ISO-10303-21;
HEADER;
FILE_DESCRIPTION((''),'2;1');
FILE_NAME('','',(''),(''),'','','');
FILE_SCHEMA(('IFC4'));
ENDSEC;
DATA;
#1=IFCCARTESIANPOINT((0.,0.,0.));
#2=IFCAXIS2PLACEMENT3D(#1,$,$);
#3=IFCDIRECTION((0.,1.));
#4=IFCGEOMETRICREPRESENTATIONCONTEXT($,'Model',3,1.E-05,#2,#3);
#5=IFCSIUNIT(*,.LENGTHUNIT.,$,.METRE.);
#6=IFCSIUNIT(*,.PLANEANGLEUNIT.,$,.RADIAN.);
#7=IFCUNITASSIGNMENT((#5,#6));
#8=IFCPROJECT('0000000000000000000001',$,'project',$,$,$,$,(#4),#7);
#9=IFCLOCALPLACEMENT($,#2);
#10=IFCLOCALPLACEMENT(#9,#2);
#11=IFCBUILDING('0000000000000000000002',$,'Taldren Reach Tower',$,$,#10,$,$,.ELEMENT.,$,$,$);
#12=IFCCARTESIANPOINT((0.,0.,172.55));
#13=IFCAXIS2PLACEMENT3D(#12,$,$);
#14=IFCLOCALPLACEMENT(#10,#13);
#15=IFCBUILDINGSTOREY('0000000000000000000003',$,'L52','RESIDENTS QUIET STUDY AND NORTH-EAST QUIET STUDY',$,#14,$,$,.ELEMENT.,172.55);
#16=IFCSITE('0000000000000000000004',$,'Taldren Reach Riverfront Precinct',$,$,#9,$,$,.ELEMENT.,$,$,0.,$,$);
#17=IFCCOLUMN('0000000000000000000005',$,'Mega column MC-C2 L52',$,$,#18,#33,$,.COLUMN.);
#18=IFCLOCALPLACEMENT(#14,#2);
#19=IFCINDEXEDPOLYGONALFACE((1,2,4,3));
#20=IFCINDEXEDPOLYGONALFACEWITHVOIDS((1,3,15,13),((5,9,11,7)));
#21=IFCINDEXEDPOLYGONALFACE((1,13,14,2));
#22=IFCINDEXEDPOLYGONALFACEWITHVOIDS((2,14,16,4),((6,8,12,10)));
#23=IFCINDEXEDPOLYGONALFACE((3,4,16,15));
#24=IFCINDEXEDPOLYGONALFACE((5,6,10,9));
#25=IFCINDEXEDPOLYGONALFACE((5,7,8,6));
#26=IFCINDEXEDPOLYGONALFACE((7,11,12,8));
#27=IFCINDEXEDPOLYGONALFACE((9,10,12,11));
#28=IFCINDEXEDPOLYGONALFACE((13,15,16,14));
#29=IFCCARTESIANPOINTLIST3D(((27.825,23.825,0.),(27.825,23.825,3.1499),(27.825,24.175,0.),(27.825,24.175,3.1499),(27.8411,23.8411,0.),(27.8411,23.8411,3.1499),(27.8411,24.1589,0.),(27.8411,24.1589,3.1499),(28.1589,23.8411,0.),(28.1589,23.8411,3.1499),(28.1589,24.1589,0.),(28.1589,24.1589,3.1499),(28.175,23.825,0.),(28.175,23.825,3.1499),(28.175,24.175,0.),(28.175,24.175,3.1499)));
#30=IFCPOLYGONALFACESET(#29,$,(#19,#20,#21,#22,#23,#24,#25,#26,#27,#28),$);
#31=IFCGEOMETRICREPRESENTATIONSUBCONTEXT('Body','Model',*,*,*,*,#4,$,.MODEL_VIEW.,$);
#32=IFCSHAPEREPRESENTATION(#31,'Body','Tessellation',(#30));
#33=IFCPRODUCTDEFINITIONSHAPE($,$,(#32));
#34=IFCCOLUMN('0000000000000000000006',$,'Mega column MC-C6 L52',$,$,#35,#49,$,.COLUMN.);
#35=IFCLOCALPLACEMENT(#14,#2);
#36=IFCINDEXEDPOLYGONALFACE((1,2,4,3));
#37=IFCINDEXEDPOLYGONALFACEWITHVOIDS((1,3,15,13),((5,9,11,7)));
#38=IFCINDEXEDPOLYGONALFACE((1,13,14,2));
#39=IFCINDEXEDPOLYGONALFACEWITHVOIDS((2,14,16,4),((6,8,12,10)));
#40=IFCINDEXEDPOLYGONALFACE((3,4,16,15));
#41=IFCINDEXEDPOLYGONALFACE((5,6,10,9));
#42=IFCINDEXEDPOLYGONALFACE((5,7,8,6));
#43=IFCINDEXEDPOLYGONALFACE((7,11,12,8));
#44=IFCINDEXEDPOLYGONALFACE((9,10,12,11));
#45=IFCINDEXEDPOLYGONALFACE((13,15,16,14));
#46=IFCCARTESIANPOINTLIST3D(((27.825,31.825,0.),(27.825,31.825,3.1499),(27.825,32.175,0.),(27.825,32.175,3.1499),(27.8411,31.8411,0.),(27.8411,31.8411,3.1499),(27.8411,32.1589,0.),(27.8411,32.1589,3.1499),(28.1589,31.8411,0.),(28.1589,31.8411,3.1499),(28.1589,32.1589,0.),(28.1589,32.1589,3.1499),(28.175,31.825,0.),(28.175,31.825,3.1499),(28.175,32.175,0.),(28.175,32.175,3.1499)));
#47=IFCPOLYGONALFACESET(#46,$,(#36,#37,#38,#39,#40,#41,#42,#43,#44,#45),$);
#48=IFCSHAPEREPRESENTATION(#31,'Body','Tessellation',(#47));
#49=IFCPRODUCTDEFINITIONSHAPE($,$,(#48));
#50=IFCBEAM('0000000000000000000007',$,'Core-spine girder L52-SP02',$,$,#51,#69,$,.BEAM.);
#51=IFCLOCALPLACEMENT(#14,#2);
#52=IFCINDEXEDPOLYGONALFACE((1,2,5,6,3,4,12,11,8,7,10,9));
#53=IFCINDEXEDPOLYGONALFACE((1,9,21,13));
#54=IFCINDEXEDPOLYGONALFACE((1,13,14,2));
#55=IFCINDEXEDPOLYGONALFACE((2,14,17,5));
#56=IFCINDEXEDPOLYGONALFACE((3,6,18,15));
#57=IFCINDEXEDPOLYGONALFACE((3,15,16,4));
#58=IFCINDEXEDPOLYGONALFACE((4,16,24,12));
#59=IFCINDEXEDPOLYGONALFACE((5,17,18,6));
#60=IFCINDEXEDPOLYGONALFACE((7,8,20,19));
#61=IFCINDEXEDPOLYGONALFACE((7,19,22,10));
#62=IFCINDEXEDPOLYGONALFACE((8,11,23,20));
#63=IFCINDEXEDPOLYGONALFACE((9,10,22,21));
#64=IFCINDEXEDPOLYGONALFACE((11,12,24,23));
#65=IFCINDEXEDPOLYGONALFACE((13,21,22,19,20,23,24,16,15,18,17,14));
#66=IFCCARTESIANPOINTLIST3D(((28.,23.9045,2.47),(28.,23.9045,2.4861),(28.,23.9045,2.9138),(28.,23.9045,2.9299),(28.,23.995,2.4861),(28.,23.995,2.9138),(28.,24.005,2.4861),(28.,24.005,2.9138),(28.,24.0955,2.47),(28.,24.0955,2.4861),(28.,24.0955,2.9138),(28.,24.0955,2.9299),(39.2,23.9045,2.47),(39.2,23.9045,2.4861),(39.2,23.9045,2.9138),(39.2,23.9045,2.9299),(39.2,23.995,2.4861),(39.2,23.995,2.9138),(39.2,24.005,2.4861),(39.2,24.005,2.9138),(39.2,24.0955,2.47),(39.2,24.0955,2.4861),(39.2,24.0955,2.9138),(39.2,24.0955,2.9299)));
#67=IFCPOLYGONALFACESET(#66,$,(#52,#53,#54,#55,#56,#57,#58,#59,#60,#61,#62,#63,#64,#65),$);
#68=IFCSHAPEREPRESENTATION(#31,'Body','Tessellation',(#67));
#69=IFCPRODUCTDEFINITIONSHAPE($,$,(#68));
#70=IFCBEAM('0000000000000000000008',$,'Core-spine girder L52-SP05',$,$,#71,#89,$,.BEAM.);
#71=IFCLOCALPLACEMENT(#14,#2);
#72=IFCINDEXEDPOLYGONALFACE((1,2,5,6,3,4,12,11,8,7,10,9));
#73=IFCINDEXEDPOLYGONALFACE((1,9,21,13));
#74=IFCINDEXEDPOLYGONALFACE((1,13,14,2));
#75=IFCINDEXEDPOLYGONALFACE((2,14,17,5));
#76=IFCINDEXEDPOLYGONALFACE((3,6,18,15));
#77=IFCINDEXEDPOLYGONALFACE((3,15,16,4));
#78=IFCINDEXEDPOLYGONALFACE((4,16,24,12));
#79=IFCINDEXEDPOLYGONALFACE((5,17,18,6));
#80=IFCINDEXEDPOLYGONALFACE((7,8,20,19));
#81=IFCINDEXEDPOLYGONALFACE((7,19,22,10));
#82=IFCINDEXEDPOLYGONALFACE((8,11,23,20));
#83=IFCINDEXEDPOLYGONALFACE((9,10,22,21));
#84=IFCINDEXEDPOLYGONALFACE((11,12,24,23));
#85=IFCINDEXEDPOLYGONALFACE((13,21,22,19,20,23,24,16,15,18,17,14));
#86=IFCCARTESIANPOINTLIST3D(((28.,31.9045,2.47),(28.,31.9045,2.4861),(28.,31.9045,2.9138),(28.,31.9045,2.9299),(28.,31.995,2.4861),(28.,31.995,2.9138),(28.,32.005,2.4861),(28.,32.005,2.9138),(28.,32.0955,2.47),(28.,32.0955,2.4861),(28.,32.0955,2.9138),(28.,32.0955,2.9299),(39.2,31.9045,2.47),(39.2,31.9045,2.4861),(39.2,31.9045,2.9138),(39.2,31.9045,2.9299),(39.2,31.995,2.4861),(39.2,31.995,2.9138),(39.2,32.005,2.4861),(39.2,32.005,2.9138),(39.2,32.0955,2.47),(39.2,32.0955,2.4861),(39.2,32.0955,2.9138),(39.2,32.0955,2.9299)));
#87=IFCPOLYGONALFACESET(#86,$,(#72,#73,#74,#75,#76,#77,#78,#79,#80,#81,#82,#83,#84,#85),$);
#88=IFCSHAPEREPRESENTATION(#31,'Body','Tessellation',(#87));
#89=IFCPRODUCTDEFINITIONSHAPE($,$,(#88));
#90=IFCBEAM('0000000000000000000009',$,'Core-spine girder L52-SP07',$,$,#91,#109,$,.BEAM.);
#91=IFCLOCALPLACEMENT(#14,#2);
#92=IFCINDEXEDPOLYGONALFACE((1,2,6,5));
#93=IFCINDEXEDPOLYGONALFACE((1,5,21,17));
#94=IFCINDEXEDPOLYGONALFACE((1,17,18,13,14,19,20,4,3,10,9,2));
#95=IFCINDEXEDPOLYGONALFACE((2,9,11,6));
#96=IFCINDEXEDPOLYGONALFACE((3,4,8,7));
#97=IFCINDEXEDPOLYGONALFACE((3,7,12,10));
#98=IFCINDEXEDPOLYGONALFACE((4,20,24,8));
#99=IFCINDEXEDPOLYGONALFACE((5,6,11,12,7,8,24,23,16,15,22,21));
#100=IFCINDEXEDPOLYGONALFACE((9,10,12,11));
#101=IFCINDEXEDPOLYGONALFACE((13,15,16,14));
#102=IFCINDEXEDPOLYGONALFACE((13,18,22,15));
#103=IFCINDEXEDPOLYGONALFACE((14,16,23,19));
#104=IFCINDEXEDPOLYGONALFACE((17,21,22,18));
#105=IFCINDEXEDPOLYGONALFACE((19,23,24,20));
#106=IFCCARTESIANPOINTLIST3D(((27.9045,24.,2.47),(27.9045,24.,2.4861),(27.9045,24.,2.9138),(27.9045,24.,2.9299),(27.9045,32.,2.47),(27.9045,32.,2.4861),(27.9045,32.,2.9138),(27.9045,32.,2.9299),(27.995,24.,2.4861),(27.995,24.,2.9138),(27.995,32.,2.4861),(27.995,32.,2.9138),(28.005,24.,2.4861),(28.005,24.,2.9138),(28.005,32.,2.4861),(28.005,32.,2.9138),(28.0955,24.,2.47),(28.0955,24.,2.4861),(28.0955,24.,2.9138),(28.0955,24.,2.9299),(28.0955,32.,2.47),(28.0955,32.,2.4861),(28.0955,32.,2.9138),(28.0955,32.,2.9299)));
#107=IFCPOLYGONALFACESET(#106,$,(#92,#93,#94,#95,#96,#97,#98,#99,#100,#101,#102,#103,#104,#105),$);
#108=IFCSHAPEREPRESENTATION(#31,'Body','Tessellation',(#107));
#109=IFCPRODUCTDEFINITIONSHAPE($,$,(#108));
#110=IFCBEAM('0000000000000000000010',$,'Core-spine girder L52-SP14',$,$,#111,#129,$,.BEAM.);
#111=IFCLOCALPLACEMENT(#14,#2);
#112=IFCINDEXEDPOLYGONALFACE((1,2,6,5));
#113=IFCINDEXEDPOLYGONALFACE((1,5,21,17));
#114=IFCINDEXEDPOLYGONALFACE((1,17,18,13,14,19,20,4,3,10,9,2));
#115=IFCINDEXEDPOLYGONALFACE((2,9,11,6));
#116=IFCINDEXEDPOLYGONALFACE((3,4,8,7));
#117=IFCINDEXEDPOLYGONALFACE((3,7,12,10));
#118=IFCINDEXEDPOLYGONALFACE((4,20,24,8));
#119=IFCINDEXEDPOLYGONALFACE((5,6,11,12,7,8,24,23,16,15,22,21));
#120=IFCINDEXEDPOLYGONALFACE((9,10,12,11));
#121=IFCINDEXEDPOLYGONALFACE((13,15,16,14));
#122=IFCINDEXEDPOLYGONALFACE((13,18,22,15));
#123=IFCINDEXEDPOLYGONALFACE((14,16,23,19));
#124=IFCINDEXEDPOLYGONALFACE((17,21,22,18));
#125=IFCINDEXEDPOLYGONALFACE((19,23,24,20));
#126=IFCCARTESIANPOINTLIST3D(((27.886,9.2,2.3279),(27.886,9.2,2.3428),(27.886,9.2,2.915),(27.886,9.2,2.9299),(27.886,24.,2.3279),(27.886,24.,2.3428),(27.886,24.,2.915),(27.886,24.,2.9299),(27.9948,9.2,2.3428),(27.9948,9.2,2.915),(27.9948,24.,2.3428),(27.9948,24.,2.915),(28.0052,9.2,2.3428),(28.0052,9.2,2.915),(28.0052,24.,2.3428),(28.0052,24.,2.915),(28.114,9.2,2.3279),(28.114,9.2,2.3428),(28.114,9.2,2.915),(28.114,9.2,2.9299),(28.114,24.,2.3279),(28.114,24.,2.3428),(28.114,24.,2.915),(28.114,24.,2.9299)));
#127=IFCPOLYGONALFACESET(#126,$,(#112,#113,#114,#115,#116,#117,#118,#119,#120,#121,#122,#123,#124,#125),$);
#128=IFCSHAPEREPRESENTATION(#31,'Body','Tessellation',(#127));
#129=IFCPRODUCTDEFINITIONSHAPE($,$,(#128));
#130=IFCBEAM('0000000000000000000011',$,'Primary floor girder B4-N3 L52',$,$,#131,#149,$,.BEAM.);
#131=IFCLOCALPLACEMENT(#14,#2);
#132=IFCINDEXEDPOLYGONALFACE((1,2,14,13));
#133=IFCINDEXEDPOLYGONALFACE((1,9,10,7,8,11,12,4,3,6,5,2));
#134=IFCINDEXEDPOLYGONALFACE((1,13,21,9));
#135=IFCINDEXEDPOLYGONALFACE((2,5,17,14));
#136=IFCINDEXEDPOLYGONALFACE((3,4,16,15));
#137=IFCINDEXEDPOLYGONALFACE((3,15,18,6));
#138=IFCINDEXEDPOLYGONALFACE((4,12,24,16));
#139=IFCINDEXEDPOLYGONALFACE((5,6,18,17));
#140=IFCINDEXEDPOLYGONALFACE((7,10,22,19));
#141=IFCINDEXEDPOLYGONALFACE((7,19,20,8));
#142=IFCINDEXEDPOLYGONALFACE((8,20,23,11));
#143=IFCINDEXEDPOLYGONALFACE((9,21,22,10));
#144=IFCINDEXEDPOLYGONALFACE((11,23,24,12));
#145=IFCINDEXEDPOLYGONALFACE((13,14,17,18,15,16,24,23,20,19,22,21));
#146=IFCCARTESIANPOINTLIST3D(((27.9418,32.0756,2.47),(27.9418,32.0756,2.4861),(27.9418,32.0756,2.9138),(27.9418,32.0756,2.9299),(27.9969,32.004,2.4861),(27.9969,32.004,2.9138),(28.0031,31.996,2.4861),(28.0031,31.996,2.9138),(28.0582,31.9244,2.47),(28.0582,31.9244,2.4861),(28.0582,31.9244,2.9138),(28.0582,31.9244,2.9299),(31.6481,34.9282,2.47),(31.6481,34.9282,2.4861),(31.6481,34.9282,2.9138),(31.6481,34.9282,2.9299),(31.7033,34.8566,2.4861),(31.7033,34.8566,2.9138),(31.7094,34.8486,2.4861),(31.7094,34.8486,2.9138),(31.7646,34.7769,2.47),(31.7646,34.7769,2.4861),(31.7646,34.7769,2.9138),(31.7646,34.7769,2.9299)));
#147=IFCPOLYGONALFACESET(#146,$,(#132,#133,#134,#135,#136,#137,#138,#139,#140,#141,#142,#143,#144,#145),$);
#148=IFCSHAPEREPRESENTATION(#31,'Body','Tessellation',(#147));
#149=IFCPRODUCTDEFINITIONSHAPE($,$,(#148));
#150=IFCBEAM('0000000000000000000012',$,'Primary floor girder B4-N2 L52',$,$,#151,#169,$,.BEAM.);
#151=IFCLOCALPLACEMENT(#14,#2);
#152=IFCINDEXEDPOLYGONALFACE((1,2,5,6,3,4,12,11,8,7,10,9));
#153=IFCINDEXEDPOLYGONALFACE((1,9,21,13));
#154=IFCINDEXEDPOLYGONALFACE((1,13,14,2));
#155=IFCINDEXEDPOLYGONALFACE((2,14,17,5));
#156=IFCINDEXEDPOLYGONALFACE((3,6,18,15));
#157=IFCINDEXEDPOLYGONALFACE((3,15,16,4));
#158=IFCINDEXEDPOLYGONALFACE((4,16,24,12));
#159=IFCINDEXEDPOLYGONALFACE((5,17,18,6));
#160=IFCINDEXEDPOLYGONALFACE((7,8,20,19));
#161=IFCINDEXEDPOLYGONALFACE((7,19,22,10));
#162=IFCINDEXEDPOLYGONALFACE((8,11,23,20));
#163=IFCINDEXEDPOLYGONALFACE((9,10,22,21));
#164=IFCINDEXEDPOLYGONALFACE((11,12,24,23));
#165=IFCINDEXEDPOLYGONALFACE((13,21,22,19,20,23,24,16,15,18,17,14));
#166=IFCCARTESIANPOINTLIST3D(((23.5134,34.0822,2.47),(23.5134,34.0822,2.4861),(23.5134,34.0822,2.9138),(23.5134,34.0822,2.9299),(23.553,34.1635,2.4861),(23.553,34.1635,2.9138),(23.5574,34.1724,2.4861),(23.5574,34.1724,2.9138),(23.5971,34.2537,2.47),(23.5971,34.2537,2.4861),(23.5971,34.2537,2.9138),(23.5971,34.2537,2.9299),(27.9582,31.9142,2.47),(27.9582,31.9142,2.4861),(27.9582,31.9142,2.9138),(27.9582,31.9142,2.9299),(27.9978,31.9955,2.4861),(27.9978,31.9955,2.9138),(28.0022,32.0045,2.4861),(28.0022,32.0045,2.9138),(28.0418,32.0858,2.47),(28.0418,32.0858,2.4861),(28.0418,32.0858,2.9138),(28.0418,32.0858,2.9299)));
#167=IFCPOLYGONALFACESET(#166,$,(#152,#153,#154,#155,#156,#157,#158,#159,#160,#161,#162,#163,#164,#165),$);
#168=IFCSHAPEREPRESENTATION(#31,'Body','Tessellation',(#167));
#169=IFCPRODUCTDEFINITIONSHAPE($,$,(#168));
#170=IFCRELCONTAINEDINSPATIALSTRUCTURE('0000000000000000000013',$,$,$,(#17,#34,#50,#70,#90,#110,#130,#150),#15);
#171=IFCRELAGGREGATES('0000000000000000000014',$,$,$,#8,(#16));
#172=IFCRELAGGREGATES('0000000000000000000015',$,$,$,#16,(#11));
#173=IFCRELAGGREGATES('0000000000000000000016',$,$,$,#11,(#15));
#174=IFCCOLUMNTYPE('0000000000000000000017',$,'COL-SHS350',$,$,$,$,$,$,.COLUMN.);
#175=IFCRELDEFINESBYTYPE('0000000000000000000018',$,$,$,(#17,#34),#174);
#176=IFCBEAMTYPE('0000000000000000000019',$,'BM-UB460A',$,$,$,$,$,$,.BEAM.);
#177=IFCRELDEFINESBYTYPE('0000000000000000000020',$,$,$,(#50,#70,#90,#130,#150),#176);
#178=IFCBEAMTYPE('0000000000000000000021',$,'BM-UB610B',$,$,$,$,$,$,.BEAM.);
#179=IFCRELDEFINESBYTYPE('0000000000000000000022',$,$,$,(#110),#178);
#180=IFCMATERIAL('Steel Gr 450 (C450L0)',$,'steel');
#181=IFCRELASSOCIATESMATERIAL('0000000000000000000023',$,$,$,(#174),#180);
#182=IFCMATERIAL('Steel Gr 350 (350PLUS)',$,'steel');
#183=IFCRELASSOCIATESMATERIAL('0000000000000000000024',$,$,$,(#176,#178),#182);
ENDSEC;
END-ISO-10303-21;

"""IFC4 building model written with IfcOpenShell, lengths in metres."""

from ifc_helpers import new_model, si_unit, direction, frame, origin, origin_2d, place, context, subcontext, project, spatial, hollow_rectangle, i_section, extrude, source, transform, mapped, material, material_profile, profile_set, type_object, element, save


model = new_model("IFC4")

# Units and contexts
model_context = context("Model", 3, precision=1e-05, world=origin(), true_north=direction((0.0, 1.0)))
body_context = subcontext(model_context, "Body", "Model", "MODEL_VIEW")
ifc_project = project(units=[si_unit("LENGTHUNIT", "METRE"), si_unit("PLANEANGLEUNIT", "RADIAN")], contexts=[model_context])

# Site, building, storey
site_placement = place(None, origin())
site = spatial("IfcSite", under=ifc_project, at=site_placement, Name="Taldren Reach Riverfront Precinct", CompositionType="ELEMENT", RefElevation=0.0)
building_placement = place(site_placement, origin())
building = spatial("IfcBuilding", under=site, at=building_placement, Name="Taldren Reach Tower", CompositionType="ELEMENT")
storey_placement = place(building_placement, frame((0.0, 0.0, 172.55)))
storey = spatial("IfcBuildingStorey", under=building, at=storey_placement, Name="L52", Description="RESIDENTS QUIET STUDY AND NORTH-EAST QUIET STUDY", CompositionType="ELEMENT", Elevation=172.55)

# Columns
ifc_material_1 = material(Name="Steel Gr 450 (C450L0)", Category="steel")
ifc_material_profile_1 = material_profile(ifc_material_1, hollow_rectangle(XDim=0.3501, YDim=0.3501, WallThickness=0.0161, at=origin_2d()), Name="350x350x16.0SHS")
ifc_profile_set_1 = profile_set([ifc_material_profile_1], Name="Steel Gr 450 (C450L0)")
column_type = type_object("IfcColumnType", Name="COL-SHS350", PredefinedType="COLUMN", material=ifc_profile_set_1)
shared_shape_1 = source(origin(), body_context, "Body", "SweptSolid", [
    extrude(hollow_rectangle(XDim=0.3501, YDim=0.3501, WallThickness=0.0161, at=origin_2d()), origin(), (0.0, 0.0, 1.0), 3.1499),
])
for number, where, z_axis, x_axis, name in (
    (1, (28.0, 24.0, 0.0), (0.0, 0.0, 1.0), (1.0, 0.0, 0.0), "Mega column MC-C2 L52"),
    (2, (28.0, 32.0, 0.0), (0.0, 0.0, 1.0), (1.0, 0.0, 0.0), "Mega column MC-C6 L52"),
):
    element("IfcColumn", number, at=place(storey_placement, frame(where, z_axis=z_axis, x_axis=x_axis)), inside=storey, type_object=column_type, Name=name, PredefinedType="COLUMN", context=body_context, shape_type="MappedRepresentation", body=[
        mapped(shared_shape_1, transform((0.0, 0.0, 0.0), scale=1.0)),
    ])

# Beams
ifc_material_2 = material(Name="Steel Gr 350 (350PLUS)", Category="steel")
ifc_material_profile_2 = material_profile(ifc_material_2, i_section(OverallWidth=0.1909, OverallDepth=0.46, WebThickness=0.01, FlangeThickness=0.0161, at=origin_2d()), Name="460UB82.1")
ifc_profile_set_2 = profile_set([ifc_material_profile_2], Name="Steel Gr 350 (350PLUS)")
beam_type_1 = type_object("IfcBeamType", Name="BM-UB460A", PredefinedType="BEAM", material=ifc_profile_set_2)
shared_shape_2 = source(origin(), body_context, "Body", "SweptSolid", [
    extrude(i_section(OverallWidth=0.1909, OverallDepth=0.46, WebThickness=0.01, FlangeThickness=0.0161, at=origin_2d()), origin(), (0.0, 0.0, 1.0), 11.2),
])
for number, where, z_axis, x_axis, name in (
    (3, (28.0, 24.0, 2.7), (1.0, 0.0, 0.0), (0.0, 1.0, 0.0), "Core-spine girder L52-SP02"),
    (4, (28.0, 32.0, 2.7), (1.0, 0.0, 0.0), (0.0, 1.0, 0.0), "Core-spine girder L52-SP05"),
):
    element("IfcBeam", number, at=place(storey_placement, frame(where, z_axis=z_axis, x_axis=x_axis)), inside=storey, type_object=beam_type_1, Name=name, PredefinedType="BEAM", context=body_context, shape_type="MappedRepresentation", body=[
        mapped(shared_shape_2, transform((0.0, 0.0, 0.0), scale=1.0)),
    ])
shared_shape_3 = source(origin(), body_context, "Body", "SweptSolid", [
    extrude(i_section(OverallWidth=0.1909, OverallDepth=0.46, WebThickness=0.01, FlangeThickness=0.0161, at=origin_2d()), origin(), (0.0, 0.0, 1.0), 8.0),
])
beam_1_placement = place(storey_placement, frame((28.0, 24.0, 2.7), z_axis=(0.0, 1.0, 0.0), x_axis=(-1.0, 0.0, 0.0)))
element("IfcBeam", 5, at=beam_1_placement, inside=storey, type_object=beam_type_1, Name="Core-spine girder L52-SP07", PredefinedType="BEAM", context=body_context, shape_type="MappedRepresentation", body=[
    mapped(shared_shape_3, transform((0.0, 0.0, 0.0), scale=1.0)),
])
ifc_material_profile_3 = material_profile(ifc_material_2, i_section(OverallWidth=0.228, OverallDepth=0.6021, WebThickness=0.0105, FlangeThickness=0.0149, at=origin_2d()), Name="610UB101")
ifc_profile_set_3 = profile_set([ifc_material_profile_3], Name="Steel Gr 350 (350PLUS)")
beam_type_2 = type_object("IfcBeamType", Name="BM-UB610B", PredefinedType="BEAM", material=ifc_profile_set_3)
shared_shape_4 = source(origin(), body_context, "Body", "SweptSolid", [
    extrude(i_section(OverallWidth=0.228, OverallDepth=0.6021, WebThickness=0.0105, FlangeThickness=0.0149, at=origin_2d()), origin(), (0.0, 0.0, 1.0), 14.8),
])
beam_2_placement = place(storey_placement, frame((28.0, 24.0, 2.6289), z_axis=(0.0, -1.0, 0.0), x_axis=(1.0, 0.0, 0.0)))
element("IfcBeam", 6, at=beam_2_placement, inside=storey, type_object=beam_type_2, Name="Core-spine girder L52-SP14", PredefinedType="BEAM", context=body_context, shape_type="MappedRepresentation", body=[
    mapped(shared_shape_4, transform((0.0, 0.0, 0.0), scale=1.0)),
])
shared_shape_5 = source(origin(), body_context, "Body", "SweptSolid", [
    extrude(i_section(OverallWidth=0.1909, OverallDepth=0.46, WebThickness=0.01, FlangeThickness=0.0161, at=origin_2d()), origin(), (0.0, 0.0, 1.0), 4.677),
])
beam_3_placement = place(storey_placement, frame((28.0, 32.0, 2.7), z_axis=(0.792465, 0.609918, 0.0), x_axis=(-0.609918, 0.792465, 0.0)))
element("IfcBeam", 7, at=beam_3_placement, inside=storey, type_object=beam_type_1, Name="Primary floor girder B4-N3 L52", PredefinedType="BEAM", context=body_context, shape_type="MappedRepresentation", body=[
    mapped(shared_shape_5, transform((0.0, 0.0, 0.0), scale=1.0)),
])
shared_shape_6 = source(origin(), body_context, "Body", "SweptSolid", [
    extrude(i_section(OverallWidth=0.1909, OverallDepth=0.46, WebThickness=0.01, FlangeThickness=0.0161, at=origin_2d()), origin(), (0.0, 0.0, 1.0), 4.9453),
])
beam_4_placement = place(storey_placement, frame((28.0, 32.0, 2.7), z_axis=(-0.898787, 0.438385, 0.0), x_axis=(-0.438385, -0.898787, 0.0)))
element("IfcBeam", 8, at=beam_4_placement, inside=storey, type_object=beam_type_1, Name="Primary floor girder B4-N2 L52", PredefinedType="BEAM", context=body_context, shape_type="MappedRepresentation", body=[
    mapped(shared_shape_6, transform((0.0, 0.0, 0.0), scale=1.0)),
])

save(model, "model.ifc")
